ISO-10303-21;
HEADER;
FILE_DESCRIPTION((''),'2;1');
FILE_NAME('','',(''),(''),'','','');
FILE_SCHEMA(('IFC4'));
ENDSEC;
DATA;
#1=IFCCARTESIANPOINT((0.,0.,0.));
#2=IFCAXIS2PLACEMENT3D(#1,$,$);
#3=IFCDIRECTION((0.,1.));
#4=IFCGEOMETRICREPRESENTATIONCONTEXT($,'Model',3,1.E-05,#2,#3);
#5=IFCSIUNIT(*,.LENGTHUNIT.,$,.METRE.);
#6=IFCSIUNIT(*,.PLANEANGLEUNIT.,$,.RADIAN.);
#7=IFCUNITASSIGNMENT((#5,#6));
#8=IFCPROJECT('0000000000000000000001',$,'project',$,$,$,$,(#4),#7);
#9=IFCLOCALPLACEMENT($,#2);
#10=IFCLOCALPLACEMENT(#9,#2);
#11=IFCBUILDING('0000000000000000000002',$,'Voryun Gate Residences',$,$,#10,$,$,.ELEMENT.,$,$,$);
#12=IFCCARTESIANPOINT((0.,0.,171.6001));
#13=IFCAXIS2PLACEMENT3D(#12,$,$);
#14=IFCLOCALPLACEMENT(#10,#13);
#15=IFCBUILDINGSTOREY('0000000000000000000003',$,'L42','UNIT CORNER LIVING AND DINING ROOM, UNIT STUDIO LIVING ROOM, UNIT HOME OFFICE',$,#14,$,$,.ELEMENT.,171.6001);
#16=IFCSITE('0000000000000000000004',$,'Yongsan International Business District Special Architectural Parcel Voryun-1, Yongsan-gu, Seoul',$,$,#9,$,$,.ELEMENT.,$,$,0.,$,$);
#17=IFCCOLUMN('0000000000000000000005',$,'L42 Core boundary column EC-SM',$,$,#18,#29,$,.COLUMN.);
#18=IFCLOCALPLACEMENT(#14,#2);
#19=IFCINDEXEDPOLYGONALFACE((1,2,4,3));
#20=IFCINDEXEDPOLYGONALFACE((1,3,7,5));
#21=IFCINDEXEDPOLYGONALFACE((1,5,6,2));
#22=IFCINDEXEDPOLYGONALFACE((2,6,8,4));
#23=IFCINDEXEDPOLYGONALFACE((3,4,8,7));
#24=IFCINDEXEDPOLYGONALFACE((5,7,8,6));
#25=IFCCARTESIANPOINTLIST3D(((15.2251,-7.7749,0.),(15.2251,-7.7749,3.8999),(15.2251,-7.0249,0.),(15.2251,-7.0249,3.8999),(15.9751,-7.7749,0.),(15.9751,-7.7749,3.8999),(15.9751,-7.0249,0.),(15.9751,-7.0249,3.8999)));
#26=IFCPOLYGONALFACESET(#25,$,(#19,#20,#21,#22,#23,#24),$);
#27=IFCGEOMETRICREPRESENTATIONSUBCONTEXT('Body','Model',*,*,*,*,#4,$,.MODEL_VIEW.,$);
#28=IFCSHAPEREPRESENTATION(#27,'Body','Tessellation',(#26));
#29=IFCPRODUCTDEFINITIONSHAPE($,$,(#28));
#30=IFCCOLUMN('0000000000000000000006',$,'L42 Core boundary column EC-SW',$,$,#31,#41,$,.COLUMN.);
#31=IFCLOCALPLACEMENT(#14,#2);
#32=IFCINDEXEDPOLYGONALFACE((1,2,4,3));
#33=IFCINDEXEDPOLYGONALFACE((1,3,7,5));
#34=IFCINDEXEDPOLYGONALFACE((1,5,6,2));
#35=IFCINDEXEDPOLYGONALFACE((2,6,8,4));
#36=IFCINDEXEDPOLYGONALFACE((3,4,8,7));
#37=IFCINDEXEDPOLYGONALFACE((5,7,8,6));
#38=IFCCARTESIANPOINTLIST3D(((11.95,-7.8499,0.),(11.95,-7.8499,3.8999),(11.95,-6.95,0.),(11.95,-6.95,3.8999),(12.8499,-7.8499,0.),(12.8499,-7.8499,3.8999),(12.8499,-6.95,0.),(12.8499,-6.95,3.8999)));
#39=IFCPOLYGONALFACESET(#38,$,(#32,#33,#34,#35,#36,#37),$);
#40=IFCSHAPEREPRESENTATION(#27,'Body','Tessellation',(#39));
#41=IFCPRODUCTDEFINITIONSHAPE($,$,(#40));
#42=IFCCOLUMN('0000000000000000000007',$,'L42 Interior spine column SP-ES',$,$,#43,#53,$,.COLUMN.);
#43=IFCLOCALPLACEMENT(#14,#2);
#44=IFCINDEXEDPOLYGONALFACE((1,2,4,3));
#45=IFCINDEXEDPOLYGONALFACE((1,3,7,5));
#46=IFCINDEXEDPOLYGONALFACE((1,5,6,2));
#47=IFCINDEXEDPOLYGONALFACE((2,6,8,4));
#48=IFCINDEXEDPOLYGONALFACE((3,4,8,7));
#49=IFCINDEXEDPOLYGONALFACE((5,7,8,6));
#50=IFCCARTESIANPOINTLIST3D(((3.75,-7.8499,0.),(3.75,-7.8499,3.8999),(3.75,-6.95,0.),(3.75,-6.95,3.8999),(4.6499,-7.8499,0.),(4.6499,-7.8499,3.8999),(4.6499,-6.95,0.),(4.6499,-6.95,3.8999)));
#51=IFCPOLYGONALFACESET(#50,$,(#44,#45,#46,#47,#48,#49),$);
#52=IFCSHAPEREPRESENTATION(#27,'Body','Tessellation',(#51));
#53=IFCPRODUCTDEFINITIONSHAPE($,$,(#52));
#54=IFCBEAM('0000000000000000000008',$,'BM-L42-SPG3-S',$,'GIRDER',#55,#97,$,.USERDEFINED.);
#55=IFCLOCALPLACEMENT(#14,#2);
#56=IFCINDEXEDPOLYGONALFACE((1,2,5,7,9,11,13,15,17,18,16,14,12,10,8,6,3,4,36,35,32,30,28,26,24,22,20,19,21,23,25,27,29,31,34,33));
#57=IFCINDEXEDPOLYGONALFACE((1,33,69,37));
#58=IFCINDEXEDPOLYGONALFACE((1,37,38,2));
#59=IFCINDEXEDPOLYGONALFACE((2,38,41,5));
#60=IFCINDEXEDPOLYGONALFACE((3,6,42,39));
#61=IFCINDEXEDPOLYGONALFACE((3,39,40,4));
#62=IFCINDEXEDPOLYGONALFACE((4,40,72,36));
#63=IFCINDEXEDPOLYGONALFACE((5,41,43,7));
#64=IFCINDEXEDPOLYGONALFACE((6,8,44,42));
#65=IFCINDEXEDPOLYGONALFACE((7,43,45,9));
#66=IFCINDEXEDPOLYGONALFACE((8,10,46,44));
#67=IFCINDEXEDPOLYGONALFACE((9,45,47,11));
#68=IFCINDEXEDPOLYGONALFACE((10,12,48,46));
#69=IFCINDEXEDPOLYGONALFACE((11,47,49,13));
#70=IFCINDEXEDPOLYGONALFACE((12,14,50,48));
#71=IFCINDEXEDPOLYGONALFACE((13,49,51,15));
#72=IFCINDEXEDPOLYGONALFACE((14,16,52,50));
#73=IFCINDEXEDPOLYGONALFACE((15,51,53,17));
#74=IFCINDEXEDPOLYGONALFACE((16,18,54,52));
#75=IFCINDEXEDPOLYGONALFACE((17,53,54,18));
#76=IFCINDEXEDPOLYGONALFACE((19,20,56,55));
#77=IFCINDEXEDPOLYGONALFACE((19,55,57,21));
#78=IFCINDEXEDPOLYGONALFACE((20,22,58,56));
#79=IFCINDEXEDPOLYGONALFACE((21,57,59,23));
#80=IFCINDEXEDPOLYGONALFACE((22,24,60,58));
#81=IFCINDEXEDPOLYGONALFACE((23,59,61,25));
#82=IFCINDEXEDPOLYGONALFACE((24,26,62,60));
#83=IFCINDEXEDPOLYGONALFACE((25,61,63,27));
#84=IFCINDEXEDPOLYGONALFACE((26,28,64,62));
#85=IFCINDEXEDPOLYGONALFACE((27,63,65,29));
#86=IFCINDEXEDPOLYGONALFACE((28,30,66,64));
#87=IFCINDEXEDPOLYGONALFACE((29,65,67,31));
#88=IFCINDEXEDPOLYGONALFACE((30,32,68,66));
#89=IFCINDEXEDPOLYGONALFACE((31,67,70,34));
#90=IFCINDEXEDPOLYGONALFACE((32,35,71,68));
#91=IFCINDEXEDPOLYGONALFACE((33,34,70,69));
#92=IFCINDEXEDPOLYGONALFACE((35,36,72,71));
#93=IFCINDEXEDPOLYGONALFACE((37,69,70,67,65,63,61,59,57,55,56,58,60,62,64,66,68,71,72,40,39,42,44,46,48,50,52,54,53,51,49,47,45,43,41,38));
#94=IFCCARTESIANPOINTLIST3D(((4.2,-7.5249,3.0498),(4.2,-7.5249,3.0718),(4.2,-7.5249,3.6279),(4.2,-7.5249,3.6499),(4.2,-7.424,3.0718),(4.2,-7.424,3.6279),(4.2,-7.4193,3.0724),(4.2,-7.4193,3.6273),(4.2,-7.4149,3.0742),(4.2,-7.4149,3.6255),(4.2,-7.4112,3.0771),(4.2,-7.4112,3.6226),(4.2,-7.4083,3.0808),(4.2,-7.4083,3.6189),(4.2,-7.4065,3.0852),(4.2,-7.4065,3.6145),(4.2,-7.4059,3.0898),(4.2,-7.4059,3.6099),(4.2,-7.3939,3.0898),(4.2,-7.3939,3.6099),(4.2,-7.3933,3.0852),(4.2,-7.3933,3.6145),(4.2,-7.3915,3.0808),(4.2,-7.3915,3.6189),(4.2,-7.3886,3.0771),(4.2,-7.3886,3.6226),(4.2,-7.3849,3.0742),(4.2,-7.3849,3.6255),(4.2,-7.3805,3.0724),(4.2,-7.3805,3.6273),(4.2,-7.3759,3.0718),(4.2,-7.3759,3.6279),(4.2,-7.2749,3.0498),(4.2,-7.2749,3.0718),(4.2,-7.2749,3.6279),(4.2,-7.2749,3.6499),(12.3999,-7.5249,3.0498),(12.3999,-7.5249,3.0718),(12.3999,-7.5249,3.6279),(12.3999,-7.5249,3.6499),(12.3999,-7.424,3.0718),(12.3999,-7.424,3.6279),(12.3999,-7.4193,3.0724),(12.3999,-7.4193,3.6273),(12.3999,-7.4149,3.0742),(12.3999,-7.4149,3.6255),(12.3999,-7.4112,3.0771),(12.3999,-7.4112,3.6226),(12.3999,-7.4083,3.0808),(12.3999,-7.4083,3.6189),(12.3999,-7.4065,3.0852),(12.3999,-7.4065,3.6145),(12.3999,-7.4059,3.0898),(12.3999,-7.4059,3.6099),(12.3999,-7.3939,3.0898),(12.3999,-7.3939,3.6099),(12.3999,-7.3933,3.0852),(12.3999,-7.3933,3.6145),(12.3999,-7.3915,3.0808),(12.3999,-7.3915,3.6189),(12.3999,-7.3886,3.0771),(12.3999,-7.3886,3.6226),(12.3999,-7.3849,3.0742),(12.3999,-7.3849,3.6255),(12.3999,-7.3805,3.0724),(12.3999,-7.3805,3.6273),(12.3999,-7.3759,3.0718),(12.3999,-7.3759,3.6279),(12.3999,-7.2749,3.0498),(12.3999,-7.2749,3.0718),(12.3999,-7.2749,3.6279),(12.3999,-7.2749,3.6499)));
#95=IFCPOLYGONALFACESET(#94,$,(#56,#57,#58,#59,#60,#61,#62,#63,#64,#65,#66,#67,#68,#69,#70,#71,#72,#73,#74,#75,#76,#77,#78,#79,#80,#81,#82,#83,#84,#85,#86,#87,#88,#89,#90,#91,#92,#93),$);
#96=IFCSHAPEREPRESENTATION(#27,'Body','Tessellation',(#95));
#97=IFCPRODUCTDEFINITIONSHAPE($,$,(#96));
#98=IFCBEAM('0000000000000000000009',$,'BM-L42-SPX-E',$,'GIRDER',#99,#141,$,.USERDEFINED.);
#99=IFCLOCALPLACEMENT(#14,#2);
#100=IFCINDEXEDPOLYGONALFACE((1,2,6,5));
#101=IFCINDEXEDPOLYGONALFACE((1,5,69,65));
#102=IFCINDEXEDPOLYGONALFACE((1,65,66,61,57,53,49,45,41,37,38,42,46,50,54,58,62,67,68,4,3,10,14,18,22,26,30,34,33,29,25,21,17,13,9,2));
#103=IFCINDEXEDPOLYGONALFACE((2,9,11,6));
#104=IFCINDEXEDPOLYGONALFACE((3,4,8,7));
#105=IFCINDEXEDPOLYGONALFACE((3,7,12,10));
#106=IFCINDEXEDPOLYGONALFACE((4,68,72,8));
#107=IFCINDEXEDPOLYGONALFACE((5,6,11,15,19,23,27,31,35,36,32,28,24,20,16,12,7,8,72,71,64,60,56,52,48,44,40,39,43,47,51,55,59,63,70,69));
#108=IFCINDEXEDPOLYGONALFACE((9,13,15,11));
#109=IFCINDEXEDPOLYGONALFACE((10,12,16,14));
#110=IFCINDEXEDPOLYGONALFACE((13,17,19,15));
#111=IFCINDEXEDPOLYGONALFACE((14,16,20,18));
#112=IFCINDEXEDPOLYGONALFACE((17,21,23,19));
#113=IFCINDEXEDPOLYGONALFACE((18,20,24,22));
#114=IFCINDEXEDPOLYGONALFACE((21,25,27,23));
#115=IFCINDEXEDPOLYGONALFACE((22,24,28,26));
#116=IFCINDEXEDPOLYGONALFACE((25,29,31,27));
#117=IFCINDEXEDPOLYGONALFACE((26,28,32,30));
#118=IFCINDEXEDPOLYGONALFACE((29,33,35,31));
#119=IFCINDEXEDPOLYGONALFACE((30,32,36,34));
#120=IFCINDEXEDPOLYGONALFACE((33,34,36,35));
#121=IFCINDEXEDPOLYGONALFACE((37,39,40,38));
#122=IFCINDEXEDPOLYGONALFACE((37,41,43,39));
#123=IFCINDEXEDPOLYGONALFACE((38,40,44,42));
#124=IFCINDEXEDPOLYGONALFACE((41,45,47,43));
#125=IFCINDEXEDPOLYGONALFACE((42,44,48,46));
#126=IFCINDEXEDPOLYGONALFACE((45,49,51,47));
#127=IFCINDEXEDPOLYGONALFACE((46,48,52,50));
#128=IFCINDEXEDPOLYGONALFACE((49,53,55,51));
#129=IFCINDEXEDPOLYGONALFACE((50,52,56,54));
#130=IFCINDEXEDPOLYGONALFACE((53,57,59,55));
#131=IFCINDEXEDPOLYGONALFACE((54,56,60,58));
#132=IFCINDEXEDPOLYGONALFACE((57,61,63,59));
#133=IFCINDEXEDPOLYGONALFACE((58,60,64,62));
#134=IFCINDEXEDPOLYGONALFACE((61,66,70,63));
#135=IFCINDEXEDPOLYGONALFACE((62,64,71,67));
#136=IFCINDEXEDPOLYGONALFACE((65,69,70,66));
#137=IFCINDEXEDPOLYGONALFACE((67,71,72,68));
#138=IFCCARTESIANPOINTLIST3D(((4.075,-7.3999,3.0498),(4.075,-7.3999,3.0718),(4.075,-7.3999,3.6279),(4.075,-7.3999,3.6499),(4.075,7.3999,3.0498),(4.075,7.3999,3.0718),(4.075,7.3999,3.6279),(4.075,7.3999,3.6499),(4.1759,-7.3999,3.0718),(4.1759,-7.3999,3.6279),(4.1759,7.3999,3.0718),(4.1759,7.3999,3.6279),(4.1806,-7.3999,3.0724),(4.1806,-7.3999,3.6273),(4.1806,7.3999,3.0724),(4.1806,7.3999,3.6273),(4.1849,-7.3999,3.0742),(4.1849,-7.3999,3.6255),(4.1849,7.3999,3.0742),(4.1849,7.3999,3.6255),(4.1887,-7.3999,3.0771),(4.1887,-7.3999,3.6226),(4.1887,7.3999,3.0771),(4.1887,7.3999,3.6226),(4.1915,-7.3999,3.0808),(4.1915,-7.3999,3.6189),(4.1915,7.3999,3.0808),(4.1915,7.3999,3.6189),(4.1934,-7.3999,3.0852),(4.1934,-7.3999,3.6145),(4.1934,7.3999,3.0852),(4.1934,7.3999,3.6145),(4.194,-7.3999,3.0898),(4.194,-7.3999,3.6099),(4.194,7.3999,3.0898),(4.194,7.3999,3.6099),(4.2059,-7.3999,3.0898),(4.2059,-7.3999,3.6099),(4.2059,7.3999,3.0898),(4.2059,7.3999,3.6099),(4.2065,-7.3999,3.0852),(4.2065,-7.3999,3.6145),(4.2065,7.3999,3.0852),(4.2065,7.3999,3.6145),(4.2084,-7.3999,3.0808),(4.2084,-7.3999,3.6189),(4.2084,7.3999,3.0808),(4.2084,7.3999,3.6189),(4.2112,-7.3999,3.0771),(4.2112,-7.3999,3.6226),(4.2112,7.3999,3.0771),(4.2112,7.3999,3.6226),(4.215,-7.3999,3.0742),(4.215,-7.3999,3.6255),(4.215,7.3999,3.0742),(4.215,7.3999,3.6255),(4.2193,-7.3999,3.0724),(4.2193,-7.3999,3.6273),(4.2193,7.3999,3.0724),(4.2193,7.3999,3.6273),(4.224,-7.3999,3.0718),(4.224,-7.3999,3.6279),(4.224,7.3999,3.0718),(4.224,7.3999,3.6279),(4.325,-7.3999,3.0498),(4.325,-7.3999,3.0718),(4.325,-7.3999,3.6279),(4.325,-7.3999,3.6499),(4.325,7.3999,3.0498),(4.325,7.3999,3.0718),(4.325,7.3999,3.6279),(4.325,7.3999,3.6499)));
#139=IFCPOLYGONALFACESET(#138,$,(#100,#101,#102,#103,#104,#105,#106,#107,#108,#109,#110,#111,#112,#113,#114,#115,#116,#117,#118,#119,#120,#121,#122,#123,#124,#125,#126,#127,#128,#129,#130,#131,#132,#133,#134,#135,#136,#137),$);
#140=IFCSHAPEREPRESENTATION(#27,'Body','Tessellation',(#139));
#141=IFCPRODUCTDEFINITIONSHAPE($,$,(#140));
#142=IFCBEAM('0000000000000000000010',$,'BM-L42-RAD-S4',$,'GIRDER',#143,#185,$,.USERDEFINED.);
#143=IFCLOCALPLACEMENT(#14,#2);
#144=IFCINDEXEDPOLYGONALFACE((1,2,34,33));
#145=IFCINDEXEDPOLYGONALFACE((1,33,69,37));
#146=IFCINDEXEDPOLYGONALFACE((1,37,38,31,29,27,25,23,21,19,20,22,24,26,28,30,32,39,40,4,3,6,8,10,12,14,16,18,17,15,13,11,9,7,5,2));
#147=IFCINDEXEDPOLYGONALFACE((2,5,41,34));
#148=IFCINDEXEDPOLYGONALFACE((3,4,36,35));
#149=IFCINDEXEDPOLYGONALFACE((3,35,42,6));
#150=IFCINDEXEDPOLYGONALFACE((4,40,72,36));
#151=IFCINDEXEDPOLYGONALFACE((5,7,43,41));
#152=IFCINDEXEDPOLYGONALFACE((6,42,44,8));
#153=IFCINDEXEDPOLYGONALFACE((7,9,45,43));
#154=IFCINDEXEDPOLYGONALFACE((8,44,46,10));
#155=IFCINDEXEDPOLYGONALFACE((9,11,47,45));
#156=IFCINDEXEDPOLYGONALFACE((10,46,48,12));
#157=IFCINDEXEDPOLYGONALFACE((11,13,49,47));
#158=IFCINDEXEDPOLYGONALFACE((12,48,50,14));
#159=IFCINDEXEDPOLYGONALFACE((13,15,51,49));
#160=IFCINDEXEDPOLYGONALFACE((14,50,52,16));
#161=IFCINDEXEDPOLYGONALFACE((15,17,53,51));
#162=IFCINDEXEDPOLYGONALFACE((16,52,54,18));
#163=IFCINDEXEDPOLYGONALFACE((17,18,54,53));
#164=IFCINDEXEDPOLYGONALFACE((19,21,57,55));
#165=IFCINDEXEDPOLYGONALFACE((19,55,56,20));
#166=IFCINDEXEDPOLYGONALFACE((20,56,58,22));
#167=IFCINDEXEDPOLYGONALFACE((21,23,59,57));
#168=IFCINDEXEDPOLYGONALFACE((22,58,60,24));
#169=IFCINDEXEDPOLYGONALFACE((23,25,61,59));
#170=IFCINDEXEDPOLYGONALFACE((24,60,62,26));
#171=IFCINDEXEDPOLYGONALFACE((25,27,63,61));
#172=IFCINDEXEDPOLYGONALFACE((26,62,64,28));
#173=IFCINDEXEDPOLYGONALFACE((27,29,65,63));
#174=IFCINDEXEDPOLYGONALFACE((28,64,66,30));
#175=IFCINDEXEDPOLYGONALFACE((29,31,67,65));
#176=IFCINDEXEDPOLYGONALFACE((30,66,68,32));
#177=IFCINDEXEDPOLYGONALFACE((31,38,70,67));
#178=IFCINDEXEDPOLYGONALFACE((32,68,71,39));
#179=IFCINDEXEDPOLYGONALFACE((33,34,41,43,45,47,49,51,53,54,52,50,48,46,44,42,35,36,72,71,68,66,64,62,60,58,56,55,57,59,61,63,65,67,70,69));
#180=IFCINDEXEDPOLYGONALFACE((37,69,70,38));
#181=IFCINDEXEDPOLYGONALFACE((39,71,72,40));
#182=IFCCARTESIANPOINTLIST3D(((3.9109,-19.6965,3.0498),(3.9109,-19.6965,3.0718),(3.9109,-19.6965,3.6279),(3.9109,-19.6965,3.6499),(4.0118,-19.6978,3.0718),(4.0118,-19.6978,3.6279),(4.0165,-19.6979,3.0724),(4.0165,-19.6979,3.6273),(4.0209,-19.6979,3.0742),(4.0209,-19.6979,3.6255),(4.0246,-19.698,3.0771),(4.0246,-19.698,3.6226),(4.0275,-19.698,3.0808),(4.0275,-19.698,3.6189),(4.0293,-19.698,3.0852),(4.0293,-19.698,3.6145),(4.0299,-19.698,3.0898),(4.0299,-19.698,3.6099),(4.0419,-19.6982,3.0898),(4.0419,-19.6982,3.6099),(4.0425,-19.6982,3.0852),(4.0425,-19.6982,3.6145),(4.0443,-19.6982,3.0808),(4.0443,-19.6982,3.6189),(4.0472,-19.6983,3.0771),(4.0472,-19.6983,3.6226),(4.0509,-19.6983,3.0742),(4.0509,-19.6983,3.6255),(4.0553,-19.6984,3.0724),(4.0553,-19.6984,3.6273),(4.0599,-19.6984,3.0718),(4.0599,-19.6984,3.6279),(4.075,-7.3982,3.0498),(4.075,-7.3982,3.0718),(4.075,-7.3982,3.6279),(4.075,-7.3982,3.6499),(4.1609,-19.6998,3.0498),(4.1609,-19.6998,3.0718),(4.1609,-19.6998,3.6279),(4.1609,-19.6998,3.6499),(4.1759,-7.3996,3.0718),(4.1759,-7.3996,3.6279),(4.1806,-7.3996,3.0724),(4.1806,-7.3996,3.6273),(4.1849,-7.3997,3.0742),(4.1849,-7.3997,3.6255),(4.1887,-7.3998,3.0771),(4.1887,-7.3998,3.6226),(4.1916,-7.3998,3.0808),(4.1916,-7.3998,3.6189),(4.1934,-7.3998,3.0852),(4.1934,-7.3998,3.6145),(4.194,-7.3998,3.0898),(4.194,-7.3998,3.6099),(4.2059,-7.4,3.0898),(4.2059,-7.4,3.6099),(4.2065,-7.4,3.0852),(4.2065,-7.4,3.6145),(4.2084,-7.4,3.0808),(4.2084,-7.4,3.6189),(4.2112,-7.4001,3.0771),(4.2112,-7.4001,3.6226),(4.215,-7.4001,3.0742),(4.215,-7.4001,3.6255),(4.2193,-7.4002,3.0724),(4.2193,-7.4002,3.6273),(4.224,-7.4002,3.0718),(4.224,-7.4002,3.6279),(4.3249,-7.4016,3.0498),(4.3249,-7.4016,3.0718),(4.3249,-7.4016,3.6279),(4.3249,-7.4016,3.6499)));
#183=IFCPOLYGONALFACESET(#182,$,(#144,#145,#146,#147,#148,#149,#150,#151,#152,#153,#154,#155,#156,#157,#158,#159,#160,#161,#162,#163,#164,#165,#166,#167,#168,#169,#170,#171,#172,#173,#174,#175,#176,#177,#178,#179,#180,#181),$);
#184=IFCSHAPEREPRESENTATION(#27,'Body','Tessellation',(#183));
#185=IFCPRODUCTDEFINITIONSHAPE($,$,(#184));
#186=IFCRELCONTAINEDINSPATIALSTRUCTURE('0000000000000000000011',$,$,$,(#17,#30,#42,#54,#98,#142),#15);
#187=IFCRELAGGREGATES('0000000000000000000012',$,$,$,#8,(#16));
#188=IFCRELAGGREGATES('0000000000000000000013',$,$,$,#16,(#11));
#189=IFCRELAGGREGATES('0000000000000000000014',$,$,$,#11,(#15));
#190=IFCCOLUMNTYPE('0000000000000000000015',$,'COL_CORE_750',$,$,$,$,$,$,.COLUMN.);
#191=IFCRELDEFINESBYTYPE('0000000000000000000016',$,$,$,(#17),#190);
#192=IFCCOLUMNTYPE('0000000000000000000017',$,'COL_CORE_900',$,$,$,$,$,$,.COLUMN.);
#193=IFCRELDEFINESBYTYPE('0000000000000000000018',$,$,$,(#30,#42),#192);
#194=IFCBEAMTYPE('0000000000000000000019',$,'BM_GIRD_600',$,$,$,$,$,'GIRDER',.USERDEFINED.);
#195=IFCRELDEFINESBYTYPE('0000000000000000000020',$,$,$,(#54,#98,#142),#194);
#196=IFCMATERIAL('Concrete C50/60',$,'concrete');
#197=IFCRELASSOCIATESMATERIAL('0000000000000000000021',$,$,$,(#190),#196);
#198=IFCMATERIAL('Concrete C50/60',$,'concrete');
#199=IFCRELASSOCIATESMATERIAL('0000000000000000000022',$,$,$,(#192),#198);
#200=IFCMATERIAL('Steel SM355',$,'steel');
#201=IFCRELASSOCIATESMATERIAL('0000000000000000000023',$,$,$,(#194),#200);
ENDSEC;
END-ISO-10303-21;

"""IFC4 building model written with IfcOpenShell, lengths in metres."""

from ifc_helpers import new_model, si_unit, direction, frame, origin, origin_2d, place, context, subcontext, project, spatial, rectangle, i_section, extrude, material, material_profile, profile_set, type_object, element, save


model = new_model("IFC4")

# Units and contexts
model_context = context("Model", 3, precision=1e-05, world=origin(), true_north=direction((0.0, 1.0)))
body_context = subcontext(model_context, "Body", "Model", "MODEL_VIEW")
ifc_project = project(units=[si_unit("LENGTHUNIT", "METRE"), si_unit("PLANEANGLEUNIT", "RADIAN")], contexts=[model_context])

# Site, building, storey
site_placement = place(None, origin())
site = spatial("IfcSite", under=ifc_project, at=site_placement, Name="Yongsan International Business District Special Architectural Parcel Voryun-1, Yongsan-gu, Seoul", CompositionType="ELEMENT", RefElevation=0.0)
building_placement = place(site_placement, origin())
building = spatial("IfcBuilding", under=site, at=building_placement, Name="Voryun Gate Residences", CompositionType="ELEMENT")
storey_placement = place(building_placement, frame((0.0, 0.0, 171.6001)))
storey = spatial("IfcBuildingStorey", under=building, at=storey_placement, Name="L42", Description="UNIT CORNER LIVING AND DINING ROOM, UNIT STUDIO LIVING ROOM, UNIT HOME OFFICE", CompositionType="ELEMENT", Elevation=171.6001)

# Columns
ifc_material_1 = material(Name="Concrete C50/60", Category="concrete")
ifc_material_profile_1 = material_profile(ifc_material_1, rectangle(XDim=0.75, YDim=0.75, at=origin_2d()), Name="RC-750x750")
ifc_profile_set_1 = profile_set([ifc_material_profile_1], Name="Concrete C50/60")
column_type_1 = type_object("IfcColumnType", Name="COL_CORE_750", PredefinedType="COLUMN", material=ifc_profile_set_1)
column_placement = place(storey_placement, frame((15.6001, -7.3999, 0.0), z_axis=(0.0, 0.0, 1.0), x_axis=(1.0, 0.0, 0.0)))
element("IfcColumn", 1, at=column_placement, inside=storey, type_object=column_type_1, Name="L42 Core boundary column EC-SM", PredefinedType="COLUMN", context=body_context, shape_type="SweptSolid", body=[
    extrude(rectangle(XDim=0.75, YDim=0.75, at=origin_2d()), origin(), (0.0, 0.0, 1.0), 3.8999),
])
ifc_material_2 = material(Name="Concrete C50/60", Category="concrete")
ifc_material_profile_2 = material_profile(ifc_material_2, rectangle(XDim=0.8999, YDim=0.8999, at=origin_2d()), Name="RC-900x900")
ifc_profile_set_2 = profile_set([ifc_material_profile_2], Name="Concrete C50/60")
column_type_2 = type_object("IfcColumnType", Name="COL_CORE_900", PredefinedType="COLUMN", material=ifc_profile_set_2)
for number, where, z_axis, x_axis, name in (
    (2, (12.3999, -7.3999, 0.0), (0.0, 0.0, 1.0), (1.0, 0.0, 0.0), "L42 Core boundary column EC-SW"),
    (3, (4.2, -7.3999, 0.0), (0.0, 0.0, 1.0), (1.0, 0.0, 0.0), "L42 Interior spine column SP-ES"),
):
    element("IfcColumn", number, at=place(storey_placement, frame(where, z_axis=z_axis, x_axis=x_axis)), inside=storey, type_object=column_type_2, Name=name, PredefinedType="COLUMN", context=body_context, shape_type="SweptSolid", body=[
        extrude(rectangle(XDim=0.8999, YDim=0.8999, at=origin_2d()), origin(), (0.0, 0.0, 1.0), 3.8999),
    ])

# Beams
ifc_material_3 = material(Name="Steel SM355", Category="steel")
ifc_material_profile_3 = material_profile(ifc_material_3, i_section(OverallWidth=0.25, OverallDepth=0.6001, WebThickness=0.012, FlangeThickness=0.022, FilletRadius=0.0181, at=origin_2d()), Name="H-600x250x12x22")
ifc_profile_set_3 = profile_set([ifc_material_profile_3], Name="Steel SM355")
beam_type_1 = type_object("IfcBeamType", Name="BM_GIRD_600", ElementType="GIRDER", PredefinedType="USERDEFINED", material=ifc_profile_set_3)
beam_1_placement = place(storey_placement, frame((4.2, -7.3999, 3.3499), z_axis=(1.0, 0.0, 0.0), x_axis=(0.0, 1.0, 0.0)))
element("IfcBeam", 4, at=beam_1_placement, inside=storey, type_object=beam_type_1, Name="BM-L42-SPG3-S", ObjectType="GIRDER", PredefinedType="USERDEFINED", context=body_context, shape_type="SweptSolid", body=[
    extrude(i_section(OverallWidth=0.25, OverallDepth=0.6001, WebThickness=0.012, FlangeThickness=0.022, FilletRadius=0.0181, at=origin_2d()), origin(), (0.0, 0.0, 1.0), 8.2),
])
beam_2_placement = place(storey_placement, frame((4.2, -7.3999, 3.3499), z_axis=(0.0, 1.0, 0.0), x_axis=(-1.0, 0.0, 0.0)))
element("IfcBeam", 5, at=beam_2_placement, inside=storey, type_object=beam_type_1, Name="BM-L42-SPX-E", ObjectType="GIRDER", PredefinedType="USERDEFINED", context=body_context, shape_type="SweptSolid", body=[
    extrude(i_section(OverallWidth=0.25, OverallDepth=0.6001, WebThickness=0.012, FlangeThickness=0.022, FilletRadius=0.0181, at=origin_2d()), origin(), (0.0, 0.0, 1.0), 14.7998),
])
beam_3_placement = place(storey_placement, frame((4.2, -7.3999, 3.3499), z_axis=(-0.013339, -0.999911, 0.0), x_axis=(0.999911, -0.013339, 0.0)))
element("IfcBeam", 6, at=beam_3_placement, inside=storey, type_object=beam_type_1, Name="BM-L42-RAD-S4", ObjectType="GIRDER", PredefinedType="USERDEFINED", context=body_context, shape_type="SweptSolid", body=[
    extrude(i_section(OverallWidth=0.25, OverallDepth=0.6001, WebThickness=0.012, FlangeThickness=0.022, FilletRadius=0.0181, at=origin_2d()), origin(), (0.0, 0.0, 1.0), 12.2993),
])

save(model, "model.ifc")
